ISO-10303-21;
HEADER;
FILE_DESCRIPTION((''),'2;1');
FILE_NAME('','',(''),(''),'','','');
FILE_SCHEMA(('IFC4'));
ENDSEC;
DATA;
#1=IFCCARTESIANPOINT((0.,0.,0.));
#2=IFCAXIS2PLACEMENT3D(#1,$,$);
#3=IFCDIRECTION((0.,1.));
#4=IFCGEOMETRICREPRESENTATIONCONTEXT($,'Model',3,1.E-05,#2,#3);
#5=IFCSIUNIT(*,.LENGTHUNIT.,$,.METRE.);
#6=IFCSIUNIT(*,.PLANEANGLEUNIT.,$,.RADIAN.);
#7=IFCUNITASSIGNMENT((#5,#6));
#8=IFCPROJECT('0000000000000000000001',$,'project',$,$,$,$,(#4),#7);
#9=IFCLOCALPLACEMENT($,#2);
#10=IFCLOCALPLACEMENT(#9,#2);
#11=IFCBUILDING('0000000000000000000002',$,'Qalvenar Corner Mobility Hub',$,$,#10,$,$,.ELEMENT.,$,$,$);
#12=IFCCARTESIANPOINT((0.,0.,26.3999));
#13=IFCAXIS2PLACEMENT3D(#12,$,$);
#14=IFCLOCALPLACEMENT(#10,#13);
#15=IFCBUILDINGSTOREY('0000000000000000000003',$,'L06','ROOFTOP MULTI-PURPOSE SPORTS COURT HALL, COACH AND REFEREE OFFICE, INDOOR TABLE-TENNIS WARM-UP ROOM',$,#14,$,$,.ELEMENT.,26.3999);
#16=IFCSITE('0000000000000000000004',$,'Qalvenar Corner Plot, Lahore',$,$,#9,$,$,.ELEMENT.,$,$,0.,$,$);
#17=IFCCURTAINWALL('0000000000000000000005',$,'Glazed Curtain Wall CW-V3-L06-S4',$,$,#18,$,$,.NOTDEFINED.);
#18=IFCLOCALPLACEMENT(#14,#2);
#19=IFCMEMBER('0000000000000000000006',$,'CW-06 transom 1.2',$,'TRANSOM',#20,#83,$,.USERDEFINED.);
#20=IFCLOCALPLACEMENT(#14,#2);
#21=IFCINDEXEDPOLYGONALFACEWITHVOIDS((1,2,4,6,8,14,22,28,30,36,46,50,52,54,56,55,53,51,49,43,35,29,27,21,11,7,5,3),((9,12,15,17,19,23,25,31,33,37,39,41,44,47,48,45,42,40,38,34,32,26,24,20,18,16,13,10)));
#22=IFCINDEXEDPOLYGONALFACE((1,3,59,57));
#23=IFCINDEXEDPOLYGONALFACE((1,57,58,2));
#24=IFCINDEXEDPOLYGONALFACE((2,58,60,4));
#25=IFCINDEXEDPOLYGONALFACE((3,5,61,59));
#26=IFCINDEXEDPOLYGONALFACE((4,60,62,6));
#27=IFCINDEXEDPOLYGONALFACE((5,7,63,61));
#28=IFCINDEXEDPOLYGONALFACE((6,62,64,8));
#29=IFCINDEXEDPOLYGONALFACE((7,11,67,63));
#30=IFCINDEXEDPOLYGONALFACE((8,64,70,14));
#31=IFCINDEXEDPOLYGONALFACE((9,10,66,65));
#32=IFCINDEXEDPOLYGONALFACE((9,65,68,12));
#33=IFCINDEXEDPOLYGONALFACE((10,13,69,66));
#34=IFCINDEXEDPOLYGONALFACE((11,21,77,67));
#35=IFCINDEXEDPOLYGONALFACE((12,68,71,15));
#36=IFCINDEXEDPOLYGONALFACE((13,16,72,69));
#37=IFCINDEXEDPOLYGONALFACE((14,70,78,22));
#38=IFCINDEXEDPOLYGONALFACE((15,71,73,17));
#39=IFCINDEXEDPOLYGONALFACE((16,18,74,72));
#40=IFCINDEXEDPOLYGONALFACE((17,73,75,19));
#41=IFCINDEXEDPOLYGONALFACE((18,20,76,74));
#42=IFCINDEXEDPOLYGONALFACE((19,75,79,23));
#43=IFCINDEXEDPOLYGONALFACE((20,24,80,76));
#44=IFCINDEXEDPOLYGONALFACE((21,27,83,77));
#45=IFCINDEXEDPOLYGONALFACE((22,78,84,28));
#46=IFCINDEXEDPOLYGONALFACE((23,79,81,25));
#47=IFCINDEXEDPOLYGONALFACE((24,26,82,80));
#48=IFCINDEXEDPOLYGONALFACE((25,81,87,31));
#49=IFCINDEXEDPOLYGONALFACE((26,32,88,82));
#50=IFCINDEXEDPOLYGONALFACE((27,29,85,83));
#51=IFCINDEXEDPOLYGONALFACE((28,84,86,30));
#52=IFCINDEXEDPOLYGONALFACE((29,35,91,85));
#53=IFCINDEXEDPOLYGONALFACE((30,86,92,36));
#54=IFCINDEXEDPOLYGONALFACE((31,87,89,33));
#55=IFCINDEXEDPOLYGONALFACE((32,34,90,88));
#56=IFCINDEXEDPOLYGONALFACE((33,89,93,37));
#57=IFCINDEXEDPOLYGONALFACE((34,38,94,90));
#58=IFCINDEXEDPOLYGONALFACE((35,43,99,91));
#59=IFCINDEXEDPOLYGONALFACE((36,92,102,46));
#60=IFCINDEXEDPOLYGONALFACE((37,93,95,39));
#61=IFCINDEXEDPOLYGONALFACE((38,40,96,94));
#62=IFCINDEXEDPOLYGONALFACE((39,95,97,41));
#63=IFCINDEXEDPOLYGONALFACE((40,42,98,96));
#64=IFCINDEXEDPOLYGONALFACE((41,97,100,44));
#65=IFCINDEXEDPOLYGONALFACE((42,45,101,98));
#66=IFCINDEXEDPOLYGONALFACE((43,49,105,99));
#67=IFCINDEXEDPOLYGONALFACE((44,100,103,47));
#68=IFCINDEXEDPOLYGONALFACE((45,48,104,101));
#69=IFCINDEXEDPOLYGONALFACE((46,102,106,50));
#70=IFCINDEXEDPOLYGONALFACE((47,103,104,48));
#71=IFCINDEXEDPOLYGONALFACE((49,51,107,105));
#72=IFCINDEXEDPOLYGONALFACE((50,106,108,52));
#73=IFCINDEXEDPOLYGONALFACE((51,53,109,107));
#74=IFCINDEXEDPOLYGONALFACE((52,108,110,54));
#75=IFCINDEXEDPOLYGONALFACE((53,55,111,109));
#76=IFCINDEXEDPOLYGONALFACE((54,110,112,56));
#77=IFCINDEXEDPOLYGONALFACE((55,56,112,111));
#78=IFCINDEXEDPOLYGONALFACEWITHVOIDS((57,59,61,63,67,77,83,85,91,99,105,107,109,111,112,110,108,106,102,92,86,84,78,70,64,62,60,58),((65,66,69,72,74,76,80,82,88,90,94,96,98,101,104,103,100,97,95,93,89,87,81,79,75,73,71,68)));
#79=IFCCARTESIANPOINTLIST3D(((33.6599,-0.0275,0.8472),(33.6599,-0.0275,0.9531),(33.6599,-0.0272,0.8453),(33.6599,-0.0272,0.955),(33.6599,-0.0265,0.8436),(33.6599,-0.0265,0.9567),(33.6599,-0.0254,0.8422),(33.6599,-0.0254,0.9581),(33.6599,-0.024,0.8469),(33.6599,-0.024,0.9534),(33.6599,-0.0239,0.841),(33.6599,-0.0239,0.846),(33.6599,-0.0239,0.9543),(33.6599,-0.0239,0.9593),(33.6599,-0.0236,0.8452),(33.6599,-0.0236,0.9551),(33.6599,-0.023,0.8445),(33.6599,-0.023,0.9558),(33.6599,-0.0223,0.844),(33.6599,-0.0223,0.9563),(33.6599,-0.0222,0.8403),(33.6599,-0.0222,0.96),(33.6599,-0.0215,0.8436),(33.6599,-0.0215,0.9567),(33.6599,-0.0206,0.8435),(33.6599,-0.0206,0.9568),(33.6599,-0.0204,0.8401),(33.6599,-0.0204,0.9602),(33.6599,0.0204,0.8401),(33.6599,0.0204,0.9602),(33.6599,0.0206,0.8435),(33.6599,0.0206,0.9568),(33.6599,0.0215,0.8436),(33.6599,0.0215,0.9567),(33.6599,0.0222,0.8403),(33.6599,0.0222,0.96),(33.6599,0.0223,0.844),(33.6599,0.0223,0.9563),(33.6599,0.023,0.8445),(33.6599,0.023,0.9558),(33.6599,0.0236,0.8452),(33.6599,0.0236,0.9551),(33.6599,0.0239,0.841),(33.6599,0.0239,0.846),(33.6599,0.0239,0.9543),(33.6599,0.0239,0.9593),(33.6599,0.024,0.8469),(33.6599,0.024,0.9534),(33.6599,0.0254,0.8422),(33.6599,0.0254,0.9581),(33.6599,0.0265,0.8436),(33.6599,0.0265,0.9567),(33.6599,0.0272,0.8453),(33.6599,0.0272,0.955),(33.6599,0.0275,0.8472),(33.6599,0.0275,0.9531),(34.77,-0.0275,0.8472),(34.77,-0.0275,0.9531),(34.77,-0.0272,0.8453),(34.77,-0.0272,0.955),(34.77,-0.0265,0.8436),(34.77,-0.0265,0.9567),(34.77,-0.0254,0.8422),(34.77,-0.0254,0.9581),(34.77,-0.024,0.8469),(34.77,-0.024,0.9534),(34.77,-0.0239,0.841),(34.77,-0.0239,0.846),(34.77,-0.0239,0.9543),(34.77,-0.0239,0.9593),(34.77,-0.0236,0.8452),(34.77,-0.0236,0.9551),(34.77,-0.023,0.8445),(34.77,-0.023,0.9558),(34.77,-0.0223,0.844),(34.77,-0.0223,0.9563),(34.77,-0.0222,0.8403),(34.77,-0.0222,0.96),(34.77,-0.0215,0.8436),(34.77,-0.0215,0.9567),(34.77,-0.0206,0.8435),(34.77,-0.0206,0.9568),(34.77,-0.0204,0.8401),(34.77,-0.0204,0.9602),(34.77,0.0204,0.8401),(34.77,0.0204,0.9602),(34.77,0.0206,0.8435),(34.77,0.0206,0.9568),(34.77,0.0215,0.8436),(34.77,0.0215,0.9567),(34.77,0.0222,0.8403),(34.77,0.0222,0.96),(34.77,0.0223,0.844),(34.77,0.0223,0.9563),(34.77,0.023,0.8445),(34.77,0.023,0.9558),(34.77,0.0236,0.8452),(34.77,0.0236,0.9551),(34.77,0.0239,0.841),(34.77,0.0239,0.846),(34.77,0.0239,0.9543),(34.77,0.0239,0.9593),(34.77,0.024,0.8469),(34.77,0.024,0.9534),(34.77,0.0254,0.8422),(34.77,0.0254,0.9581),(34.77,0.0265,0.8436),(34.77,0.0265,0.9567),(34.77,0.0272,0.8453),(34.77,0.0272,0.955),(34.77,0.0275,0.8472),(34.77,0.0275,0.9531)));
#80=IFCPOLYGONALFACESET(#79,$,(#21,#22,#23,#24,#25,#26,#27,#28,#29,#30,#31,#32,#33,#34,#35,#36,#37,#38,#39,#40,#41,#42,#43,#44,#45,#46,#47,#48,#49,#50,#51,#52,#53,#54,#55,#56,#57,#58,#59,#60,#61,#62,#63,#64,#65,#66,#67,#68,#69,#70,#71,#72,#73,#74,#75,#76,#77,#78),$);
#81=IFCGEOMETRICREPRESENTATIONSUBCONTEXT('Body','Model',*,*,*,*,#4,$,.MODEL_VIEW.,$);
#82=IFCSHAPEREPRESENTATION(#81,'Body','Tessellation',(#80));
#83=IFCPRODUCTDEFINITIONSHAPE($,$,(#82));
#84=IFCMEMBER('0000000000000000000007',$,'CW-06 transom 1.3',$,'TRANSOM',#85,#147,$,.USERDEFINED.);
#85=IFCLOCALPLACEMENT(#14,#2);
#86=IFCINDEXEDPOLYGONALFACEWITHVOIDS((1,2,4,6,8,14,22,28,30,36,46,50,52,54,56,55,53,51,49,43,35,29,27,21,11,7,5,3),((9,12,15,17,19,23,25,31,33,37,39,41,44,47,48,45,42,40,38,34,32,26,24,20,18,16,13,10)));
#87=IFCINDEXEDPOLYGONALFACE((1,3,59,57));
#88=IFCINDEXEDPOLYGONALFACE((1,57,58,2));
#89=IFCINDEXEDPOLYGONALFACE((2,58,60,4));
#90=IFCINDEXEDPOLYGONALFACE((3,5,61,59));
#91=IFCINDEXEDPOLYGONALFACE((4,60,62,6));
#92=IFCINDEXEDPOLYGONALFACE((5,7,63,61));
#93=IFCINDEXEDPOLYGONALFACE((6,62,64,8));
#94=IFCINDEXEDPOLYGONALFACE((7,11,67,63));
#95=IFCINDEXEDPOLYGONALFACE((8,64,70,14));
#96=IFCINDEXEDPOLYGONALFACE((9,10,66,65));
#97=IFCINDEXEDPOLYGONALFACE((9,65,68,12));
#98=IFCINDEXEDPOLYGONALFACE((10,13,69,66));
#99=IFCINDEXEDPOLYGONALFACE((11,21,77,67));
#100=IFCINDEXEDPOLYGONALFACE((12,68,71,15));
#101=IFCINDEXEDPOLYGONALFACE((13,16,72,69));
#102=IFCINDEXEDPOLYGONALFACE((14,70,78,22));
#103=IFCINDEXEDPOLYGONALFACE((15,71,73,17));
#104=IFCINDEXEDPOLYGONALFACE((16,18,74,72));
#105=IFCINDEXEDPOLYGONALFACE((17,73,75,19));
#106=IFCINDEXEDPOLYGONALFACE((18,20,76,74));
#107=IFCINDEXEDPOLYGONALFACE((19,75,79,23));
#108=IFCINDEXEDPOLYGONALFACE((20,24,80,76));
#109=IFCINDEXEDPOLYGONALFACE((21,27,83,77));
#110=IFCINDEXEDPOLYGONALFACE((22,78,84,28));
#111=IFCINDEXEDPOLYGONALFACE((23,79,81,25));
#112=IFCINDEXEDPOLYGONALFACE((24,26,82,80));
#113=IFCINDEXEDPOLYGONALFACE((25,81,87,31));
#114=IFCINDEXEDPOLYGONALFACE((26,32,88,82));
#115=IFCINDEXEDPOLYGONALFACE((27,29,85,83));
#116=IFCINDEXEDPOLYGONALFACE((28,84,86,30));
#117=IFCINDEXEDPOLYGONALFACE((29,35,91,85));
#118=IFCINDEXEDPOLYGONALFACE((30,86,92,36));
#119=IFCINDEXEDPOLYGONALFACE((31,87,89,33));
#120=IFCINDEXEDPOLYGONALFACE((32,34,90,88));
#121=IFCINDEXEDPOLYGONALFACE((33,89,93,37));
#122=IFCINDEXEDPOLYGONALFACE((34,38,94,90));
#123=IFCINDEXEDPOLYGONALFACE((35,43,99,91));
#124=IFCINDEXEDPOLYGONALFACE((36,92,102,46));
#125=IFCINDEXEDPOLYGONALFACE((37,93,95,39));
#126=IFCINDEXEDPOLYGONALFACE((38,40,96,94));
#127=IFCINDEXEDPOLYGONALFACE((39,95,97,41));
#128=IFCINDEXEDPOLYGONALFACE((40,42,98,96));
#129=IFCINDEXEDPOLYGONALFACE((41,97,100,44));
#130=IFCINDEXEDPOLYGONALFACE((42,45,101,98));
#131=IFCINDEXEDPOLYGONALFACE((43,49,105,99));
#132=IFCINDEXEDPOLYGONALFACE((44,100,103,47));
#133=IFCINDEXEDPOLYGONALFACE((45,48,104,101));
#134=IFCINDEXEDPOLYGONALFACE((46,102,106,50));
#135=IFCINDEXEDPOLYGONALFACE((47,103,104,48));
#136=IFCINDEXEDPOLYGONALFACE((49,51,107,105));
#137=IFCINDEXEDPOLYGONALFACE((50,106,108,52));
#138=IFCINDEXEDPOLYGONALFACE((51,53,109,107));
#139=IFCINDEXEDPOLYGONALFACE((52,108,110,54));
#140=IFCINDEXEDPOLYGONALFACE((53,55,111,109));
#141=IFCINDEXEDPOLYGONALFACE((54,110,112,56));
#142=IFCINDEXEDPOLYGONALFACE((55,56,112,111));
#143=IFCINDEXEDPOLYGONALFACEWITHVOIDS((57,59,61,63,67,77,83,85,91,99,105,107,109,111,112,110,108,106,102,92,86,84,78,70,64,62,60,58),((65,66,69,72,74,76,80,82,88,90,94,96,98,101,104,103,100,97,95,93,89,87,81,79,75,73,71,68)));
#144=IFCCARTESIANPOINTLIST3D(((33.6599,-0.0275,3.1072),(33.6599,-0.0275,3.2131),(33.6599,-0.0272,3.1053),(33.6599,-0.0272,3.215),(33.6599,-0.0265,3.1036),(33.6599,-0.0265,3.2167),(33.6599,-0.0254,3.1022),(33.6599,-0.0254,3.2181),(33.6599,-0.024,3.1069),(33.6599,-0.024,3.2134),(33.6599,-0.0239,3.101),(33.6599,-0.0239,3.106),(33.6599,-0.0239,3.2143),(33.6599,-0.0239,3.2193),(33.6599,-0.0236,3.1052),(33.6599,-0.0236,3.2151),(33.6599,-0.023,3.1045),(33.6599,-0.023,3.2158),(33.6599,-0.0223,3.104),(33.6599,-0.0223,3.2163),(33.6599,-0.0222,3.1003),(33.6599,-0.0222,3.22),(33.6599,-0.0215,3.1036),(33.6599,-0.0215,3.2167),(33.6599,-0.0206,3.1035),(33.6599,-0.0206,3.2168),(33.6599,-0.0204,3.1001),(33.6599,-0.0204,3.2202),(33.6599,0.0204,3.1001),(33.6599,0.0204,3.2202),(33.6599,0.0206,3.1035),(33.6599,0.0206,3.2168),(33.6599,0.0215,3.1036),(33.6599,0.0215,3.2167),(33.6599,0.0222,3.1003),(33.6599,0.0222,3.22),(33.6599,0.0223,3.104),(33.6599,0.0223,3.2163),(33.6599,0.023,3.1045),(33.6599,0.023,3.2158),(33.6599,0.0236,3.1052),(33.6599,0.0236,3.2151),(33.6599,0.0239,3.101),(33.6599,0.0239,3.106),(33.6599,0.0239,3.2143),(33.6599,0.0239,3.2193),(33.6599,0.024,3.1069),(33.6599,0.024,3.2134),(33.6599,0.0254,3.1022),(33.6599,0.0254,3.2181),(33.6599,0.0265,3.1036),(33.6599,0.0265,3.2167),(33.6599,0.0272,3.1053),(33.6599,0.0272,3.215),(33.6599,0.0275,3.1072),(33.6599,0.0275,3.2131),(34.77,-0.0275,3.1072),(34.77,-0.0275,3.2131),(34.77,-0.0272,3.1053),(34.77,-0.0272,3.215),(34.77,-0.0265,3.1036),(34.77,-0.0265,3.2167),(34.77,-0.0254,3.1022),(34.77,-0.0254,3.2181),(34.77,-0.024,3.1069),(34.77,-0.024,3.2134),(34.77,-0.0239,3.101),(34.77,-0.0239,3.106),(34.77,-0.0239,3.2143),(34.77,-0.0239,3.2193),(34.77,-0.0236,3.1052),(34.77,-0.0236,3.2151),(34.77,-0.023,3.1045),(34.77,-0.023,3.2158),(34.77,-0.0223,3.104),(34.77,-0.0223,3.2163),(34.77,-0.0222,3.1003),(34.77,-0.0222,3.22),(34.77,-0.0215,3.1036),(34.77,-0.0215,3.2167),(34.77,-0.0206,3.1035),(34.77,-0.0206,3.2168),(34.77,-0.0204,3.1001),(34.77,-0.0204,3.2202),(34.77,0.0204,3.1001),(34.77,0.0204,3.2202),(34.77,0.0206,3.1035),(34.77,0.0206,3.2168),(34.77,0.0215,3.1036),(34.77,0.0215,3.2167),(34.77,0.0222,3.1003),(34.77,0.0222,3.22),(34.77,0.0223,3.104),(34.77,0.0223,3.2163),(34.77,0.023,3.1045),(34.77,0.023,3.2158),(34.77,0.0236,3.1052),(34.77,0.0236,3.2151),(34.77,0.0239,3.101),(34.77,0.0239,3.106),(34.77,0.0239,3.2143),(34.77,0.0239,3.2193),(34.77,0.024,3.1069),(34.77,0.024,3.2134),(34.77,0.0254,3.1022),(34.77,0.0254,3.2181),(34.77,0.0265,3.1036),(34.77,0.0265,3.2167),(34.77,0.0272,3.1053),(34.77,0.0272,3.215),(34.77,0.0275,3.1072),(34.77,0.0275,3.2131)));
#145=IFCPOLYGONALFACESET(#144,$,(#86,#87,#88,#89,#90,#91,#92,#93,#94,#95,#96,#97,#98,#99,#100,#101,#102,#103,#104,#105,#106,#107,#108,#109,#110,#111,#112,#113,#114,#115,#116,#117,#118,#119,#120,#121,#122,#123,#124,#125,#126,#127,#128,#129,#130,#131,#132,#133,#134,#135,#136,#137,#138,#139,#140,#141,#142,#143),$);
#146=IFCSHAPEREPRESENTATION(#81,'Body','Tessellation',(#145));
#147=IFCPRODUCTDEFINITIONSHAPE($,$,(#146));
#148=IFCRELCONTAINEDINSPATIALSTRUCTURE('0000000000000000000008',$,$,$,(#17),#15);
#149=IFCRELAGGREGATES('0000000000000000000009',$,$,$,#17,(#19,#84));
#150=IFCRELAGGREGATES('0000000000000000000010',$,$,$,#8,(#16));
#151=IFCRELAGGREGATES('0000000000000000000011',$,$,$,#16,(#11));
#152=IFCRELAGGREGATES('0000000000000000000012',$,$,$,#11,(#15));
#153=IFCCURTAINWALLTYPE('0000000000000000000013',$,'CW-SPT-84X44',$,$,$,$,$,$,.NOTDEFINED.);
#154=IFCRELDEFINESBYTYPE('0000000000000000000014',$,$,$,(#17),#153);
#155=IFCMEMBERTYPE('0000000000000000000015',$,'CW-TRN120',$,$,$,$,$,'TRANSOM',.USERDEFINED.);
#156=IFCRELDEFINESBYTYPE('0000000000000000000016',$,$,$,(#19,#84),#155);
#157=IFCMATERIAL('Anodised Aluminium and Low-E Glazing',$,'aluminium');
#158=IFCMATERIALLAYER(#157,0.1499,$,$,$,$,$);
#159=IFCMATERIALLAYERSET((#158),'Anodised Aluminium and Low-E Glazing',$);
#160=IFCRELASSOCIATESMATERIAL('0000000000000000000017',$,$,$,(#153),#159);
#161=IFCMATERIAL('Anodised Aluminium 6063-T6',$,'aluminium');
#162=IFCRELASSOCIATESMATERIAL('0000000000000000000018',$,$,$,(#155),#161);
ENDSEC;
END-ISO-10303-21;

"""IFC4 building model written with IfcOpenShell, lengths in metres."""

from ifc_helpers import new_model, si_unit, direction, frame, origin, origin_2d, place, context, subcontext, project, spatial, hollow_rectangle, extrude, material, layer, layer_set, material_profile, profile_set, type_object, element, aggregate, save


model = new_model("IFC4")

# Units and contexts
model_context = context("Model", 3, precision=1e-05, world=origin(), true_north=direction((0.0, 1.0)))
body_context = subcontext(model_context, "Body", "Model", "MODEL_VIEW")
ifc_project = project(units=[si_unit("LENGTHUNIT", "METRE"), si_unit("PLANEANGLEUNIT", "RADIAN")], contexts=[model_context])

# Site, building, storey
site_placement = place(None, origin())
site = spatial("IfcSite", under=ifc_project, at=site_placement, Name="Qalvenar Corner Plot, Lahore", CompositionType="ELEMENT", RefElevation=0.0)
building_placement = place(site_placement, origin())
building = spatial("IfcBuilding", under=site, at=building_placement, Name="Qalvenar Corner Mobility Hub", CompositionType="ELEMENT")
storey_placement = place(building_placement, frame((0.0, 0.0, 26.3999)))
storey = spatial("IfcBuildingStorey", under=building, at=storey_placement, Name="L06", Description="ROOFTOP MULTI-PURPOSE SPORTS COURT HALL, COACH AND REFEREE OFFICE, INDOOR TABLE-TENNIS WARM-UP ROOM", CompositionType="ELEMENT", Elevation=26.3999)

# Curtain wall
ifc_material_1 = material(Name="Anodised Aluminium and Low-E Glazing", Category="aluminium")
ifc_material_2 = material(Name="Anodised Aluminium 6063-T6", Category="aluminium")
ifc_layer_1 = layer(ifc_material_1, 0.1499)
ifc_layer_set_1 = layer_set([ifc_layer_1], Name="Anodised Aluminium and Low-E Glazing")
curtain_wall_type_1 = type_object("IfcCurtainWallType", Name="CW-SPT-84X44", PredefinedType="NOTDEFINED", material=ifc_layer_set_1)
curtain_wall_1_placement = place(storey_placement, origin())
curtain_wall_1 = element("IfcCurtainWall", 1, at=curtain_wall_1_placement, inside=storey, type_object=curtain_wall_type_1, Name="Glazed Curtain Wall CW-V3-L06-S4", PredefinedType="NOTDEFINED")

# Members
ifc_material_profile_1 = material_profile(ifc_material_2, hollow_rectangle(XDim=0.0549, YDim=0.1201, WallThickness=0.0034, InnerFilletRadius=0.0034, OuterFilletRadius=0.0071, at=origin_2d()), Name="RHS120x55x3.5")
ifc_profile_set_1 = profile_set([ifc_material_profile_1], Name="Anodised Aluminium 6063-T6")
member_type_1 = type_object("IfcMemberType", Name="CW-TRN120", ElementType="TRANSOM", PredefinedType="USERDEFINED", material=ifc_profile_set_1)
member_1_placement = place(storey_placement, frame((33.6599, 0.0, 0.9001), z_axis=(1.0, 0.0, 0.0), x_axis=(0.0, 1.0, 0.0)))
member_1 = element("IfcMember", 2, at=member_1_placement, type_object=member_type_1, Name="CW-06 transom 1.2", ObjectType="TRANSOM", PredefinedType="USERDEFINED", context=body_context, shape_type="SweptSolid", body=[
    extrude(hollow_rectangle(XDim=0.0549, YDim=0.1201, WallThickness=0.0034, InnerFilletRadius=0.0034, OuterFilletRadius=0.0071, at=origin_2d()), origin(), (0.0, 0.0, 1.0), 1.1101),
])
member_2_placement = place(storey_placement, frame((33.6599, 0.0, 3.1602), z_axis=(1.0, 0.0, 0.0), x_axis=(0.0, 1.0, 0.0)))
member_2 = element("IfcMember", 3, at=member_2_placement, type_object=member_type_1, Name="CW-06 transom 1.3", ObjectType="TRANSOM", PredefinedType="USERDEFINED", context=body_context, shape_type="SweptSolid", body=[
    extrude(hollow_rectangle(XDim=0.0549, YDim=0.1201, WallThickness=0.0034, InnerFilletRadius=0.0034, OuterFilletRadius=0.0071, at=origin_2d()), origin(), (0.0, 0.0, 1.0), 1.1101),
])

aggregate(curtain_wall_1, [member_1, member_2])

save(model, "model.ifc")
